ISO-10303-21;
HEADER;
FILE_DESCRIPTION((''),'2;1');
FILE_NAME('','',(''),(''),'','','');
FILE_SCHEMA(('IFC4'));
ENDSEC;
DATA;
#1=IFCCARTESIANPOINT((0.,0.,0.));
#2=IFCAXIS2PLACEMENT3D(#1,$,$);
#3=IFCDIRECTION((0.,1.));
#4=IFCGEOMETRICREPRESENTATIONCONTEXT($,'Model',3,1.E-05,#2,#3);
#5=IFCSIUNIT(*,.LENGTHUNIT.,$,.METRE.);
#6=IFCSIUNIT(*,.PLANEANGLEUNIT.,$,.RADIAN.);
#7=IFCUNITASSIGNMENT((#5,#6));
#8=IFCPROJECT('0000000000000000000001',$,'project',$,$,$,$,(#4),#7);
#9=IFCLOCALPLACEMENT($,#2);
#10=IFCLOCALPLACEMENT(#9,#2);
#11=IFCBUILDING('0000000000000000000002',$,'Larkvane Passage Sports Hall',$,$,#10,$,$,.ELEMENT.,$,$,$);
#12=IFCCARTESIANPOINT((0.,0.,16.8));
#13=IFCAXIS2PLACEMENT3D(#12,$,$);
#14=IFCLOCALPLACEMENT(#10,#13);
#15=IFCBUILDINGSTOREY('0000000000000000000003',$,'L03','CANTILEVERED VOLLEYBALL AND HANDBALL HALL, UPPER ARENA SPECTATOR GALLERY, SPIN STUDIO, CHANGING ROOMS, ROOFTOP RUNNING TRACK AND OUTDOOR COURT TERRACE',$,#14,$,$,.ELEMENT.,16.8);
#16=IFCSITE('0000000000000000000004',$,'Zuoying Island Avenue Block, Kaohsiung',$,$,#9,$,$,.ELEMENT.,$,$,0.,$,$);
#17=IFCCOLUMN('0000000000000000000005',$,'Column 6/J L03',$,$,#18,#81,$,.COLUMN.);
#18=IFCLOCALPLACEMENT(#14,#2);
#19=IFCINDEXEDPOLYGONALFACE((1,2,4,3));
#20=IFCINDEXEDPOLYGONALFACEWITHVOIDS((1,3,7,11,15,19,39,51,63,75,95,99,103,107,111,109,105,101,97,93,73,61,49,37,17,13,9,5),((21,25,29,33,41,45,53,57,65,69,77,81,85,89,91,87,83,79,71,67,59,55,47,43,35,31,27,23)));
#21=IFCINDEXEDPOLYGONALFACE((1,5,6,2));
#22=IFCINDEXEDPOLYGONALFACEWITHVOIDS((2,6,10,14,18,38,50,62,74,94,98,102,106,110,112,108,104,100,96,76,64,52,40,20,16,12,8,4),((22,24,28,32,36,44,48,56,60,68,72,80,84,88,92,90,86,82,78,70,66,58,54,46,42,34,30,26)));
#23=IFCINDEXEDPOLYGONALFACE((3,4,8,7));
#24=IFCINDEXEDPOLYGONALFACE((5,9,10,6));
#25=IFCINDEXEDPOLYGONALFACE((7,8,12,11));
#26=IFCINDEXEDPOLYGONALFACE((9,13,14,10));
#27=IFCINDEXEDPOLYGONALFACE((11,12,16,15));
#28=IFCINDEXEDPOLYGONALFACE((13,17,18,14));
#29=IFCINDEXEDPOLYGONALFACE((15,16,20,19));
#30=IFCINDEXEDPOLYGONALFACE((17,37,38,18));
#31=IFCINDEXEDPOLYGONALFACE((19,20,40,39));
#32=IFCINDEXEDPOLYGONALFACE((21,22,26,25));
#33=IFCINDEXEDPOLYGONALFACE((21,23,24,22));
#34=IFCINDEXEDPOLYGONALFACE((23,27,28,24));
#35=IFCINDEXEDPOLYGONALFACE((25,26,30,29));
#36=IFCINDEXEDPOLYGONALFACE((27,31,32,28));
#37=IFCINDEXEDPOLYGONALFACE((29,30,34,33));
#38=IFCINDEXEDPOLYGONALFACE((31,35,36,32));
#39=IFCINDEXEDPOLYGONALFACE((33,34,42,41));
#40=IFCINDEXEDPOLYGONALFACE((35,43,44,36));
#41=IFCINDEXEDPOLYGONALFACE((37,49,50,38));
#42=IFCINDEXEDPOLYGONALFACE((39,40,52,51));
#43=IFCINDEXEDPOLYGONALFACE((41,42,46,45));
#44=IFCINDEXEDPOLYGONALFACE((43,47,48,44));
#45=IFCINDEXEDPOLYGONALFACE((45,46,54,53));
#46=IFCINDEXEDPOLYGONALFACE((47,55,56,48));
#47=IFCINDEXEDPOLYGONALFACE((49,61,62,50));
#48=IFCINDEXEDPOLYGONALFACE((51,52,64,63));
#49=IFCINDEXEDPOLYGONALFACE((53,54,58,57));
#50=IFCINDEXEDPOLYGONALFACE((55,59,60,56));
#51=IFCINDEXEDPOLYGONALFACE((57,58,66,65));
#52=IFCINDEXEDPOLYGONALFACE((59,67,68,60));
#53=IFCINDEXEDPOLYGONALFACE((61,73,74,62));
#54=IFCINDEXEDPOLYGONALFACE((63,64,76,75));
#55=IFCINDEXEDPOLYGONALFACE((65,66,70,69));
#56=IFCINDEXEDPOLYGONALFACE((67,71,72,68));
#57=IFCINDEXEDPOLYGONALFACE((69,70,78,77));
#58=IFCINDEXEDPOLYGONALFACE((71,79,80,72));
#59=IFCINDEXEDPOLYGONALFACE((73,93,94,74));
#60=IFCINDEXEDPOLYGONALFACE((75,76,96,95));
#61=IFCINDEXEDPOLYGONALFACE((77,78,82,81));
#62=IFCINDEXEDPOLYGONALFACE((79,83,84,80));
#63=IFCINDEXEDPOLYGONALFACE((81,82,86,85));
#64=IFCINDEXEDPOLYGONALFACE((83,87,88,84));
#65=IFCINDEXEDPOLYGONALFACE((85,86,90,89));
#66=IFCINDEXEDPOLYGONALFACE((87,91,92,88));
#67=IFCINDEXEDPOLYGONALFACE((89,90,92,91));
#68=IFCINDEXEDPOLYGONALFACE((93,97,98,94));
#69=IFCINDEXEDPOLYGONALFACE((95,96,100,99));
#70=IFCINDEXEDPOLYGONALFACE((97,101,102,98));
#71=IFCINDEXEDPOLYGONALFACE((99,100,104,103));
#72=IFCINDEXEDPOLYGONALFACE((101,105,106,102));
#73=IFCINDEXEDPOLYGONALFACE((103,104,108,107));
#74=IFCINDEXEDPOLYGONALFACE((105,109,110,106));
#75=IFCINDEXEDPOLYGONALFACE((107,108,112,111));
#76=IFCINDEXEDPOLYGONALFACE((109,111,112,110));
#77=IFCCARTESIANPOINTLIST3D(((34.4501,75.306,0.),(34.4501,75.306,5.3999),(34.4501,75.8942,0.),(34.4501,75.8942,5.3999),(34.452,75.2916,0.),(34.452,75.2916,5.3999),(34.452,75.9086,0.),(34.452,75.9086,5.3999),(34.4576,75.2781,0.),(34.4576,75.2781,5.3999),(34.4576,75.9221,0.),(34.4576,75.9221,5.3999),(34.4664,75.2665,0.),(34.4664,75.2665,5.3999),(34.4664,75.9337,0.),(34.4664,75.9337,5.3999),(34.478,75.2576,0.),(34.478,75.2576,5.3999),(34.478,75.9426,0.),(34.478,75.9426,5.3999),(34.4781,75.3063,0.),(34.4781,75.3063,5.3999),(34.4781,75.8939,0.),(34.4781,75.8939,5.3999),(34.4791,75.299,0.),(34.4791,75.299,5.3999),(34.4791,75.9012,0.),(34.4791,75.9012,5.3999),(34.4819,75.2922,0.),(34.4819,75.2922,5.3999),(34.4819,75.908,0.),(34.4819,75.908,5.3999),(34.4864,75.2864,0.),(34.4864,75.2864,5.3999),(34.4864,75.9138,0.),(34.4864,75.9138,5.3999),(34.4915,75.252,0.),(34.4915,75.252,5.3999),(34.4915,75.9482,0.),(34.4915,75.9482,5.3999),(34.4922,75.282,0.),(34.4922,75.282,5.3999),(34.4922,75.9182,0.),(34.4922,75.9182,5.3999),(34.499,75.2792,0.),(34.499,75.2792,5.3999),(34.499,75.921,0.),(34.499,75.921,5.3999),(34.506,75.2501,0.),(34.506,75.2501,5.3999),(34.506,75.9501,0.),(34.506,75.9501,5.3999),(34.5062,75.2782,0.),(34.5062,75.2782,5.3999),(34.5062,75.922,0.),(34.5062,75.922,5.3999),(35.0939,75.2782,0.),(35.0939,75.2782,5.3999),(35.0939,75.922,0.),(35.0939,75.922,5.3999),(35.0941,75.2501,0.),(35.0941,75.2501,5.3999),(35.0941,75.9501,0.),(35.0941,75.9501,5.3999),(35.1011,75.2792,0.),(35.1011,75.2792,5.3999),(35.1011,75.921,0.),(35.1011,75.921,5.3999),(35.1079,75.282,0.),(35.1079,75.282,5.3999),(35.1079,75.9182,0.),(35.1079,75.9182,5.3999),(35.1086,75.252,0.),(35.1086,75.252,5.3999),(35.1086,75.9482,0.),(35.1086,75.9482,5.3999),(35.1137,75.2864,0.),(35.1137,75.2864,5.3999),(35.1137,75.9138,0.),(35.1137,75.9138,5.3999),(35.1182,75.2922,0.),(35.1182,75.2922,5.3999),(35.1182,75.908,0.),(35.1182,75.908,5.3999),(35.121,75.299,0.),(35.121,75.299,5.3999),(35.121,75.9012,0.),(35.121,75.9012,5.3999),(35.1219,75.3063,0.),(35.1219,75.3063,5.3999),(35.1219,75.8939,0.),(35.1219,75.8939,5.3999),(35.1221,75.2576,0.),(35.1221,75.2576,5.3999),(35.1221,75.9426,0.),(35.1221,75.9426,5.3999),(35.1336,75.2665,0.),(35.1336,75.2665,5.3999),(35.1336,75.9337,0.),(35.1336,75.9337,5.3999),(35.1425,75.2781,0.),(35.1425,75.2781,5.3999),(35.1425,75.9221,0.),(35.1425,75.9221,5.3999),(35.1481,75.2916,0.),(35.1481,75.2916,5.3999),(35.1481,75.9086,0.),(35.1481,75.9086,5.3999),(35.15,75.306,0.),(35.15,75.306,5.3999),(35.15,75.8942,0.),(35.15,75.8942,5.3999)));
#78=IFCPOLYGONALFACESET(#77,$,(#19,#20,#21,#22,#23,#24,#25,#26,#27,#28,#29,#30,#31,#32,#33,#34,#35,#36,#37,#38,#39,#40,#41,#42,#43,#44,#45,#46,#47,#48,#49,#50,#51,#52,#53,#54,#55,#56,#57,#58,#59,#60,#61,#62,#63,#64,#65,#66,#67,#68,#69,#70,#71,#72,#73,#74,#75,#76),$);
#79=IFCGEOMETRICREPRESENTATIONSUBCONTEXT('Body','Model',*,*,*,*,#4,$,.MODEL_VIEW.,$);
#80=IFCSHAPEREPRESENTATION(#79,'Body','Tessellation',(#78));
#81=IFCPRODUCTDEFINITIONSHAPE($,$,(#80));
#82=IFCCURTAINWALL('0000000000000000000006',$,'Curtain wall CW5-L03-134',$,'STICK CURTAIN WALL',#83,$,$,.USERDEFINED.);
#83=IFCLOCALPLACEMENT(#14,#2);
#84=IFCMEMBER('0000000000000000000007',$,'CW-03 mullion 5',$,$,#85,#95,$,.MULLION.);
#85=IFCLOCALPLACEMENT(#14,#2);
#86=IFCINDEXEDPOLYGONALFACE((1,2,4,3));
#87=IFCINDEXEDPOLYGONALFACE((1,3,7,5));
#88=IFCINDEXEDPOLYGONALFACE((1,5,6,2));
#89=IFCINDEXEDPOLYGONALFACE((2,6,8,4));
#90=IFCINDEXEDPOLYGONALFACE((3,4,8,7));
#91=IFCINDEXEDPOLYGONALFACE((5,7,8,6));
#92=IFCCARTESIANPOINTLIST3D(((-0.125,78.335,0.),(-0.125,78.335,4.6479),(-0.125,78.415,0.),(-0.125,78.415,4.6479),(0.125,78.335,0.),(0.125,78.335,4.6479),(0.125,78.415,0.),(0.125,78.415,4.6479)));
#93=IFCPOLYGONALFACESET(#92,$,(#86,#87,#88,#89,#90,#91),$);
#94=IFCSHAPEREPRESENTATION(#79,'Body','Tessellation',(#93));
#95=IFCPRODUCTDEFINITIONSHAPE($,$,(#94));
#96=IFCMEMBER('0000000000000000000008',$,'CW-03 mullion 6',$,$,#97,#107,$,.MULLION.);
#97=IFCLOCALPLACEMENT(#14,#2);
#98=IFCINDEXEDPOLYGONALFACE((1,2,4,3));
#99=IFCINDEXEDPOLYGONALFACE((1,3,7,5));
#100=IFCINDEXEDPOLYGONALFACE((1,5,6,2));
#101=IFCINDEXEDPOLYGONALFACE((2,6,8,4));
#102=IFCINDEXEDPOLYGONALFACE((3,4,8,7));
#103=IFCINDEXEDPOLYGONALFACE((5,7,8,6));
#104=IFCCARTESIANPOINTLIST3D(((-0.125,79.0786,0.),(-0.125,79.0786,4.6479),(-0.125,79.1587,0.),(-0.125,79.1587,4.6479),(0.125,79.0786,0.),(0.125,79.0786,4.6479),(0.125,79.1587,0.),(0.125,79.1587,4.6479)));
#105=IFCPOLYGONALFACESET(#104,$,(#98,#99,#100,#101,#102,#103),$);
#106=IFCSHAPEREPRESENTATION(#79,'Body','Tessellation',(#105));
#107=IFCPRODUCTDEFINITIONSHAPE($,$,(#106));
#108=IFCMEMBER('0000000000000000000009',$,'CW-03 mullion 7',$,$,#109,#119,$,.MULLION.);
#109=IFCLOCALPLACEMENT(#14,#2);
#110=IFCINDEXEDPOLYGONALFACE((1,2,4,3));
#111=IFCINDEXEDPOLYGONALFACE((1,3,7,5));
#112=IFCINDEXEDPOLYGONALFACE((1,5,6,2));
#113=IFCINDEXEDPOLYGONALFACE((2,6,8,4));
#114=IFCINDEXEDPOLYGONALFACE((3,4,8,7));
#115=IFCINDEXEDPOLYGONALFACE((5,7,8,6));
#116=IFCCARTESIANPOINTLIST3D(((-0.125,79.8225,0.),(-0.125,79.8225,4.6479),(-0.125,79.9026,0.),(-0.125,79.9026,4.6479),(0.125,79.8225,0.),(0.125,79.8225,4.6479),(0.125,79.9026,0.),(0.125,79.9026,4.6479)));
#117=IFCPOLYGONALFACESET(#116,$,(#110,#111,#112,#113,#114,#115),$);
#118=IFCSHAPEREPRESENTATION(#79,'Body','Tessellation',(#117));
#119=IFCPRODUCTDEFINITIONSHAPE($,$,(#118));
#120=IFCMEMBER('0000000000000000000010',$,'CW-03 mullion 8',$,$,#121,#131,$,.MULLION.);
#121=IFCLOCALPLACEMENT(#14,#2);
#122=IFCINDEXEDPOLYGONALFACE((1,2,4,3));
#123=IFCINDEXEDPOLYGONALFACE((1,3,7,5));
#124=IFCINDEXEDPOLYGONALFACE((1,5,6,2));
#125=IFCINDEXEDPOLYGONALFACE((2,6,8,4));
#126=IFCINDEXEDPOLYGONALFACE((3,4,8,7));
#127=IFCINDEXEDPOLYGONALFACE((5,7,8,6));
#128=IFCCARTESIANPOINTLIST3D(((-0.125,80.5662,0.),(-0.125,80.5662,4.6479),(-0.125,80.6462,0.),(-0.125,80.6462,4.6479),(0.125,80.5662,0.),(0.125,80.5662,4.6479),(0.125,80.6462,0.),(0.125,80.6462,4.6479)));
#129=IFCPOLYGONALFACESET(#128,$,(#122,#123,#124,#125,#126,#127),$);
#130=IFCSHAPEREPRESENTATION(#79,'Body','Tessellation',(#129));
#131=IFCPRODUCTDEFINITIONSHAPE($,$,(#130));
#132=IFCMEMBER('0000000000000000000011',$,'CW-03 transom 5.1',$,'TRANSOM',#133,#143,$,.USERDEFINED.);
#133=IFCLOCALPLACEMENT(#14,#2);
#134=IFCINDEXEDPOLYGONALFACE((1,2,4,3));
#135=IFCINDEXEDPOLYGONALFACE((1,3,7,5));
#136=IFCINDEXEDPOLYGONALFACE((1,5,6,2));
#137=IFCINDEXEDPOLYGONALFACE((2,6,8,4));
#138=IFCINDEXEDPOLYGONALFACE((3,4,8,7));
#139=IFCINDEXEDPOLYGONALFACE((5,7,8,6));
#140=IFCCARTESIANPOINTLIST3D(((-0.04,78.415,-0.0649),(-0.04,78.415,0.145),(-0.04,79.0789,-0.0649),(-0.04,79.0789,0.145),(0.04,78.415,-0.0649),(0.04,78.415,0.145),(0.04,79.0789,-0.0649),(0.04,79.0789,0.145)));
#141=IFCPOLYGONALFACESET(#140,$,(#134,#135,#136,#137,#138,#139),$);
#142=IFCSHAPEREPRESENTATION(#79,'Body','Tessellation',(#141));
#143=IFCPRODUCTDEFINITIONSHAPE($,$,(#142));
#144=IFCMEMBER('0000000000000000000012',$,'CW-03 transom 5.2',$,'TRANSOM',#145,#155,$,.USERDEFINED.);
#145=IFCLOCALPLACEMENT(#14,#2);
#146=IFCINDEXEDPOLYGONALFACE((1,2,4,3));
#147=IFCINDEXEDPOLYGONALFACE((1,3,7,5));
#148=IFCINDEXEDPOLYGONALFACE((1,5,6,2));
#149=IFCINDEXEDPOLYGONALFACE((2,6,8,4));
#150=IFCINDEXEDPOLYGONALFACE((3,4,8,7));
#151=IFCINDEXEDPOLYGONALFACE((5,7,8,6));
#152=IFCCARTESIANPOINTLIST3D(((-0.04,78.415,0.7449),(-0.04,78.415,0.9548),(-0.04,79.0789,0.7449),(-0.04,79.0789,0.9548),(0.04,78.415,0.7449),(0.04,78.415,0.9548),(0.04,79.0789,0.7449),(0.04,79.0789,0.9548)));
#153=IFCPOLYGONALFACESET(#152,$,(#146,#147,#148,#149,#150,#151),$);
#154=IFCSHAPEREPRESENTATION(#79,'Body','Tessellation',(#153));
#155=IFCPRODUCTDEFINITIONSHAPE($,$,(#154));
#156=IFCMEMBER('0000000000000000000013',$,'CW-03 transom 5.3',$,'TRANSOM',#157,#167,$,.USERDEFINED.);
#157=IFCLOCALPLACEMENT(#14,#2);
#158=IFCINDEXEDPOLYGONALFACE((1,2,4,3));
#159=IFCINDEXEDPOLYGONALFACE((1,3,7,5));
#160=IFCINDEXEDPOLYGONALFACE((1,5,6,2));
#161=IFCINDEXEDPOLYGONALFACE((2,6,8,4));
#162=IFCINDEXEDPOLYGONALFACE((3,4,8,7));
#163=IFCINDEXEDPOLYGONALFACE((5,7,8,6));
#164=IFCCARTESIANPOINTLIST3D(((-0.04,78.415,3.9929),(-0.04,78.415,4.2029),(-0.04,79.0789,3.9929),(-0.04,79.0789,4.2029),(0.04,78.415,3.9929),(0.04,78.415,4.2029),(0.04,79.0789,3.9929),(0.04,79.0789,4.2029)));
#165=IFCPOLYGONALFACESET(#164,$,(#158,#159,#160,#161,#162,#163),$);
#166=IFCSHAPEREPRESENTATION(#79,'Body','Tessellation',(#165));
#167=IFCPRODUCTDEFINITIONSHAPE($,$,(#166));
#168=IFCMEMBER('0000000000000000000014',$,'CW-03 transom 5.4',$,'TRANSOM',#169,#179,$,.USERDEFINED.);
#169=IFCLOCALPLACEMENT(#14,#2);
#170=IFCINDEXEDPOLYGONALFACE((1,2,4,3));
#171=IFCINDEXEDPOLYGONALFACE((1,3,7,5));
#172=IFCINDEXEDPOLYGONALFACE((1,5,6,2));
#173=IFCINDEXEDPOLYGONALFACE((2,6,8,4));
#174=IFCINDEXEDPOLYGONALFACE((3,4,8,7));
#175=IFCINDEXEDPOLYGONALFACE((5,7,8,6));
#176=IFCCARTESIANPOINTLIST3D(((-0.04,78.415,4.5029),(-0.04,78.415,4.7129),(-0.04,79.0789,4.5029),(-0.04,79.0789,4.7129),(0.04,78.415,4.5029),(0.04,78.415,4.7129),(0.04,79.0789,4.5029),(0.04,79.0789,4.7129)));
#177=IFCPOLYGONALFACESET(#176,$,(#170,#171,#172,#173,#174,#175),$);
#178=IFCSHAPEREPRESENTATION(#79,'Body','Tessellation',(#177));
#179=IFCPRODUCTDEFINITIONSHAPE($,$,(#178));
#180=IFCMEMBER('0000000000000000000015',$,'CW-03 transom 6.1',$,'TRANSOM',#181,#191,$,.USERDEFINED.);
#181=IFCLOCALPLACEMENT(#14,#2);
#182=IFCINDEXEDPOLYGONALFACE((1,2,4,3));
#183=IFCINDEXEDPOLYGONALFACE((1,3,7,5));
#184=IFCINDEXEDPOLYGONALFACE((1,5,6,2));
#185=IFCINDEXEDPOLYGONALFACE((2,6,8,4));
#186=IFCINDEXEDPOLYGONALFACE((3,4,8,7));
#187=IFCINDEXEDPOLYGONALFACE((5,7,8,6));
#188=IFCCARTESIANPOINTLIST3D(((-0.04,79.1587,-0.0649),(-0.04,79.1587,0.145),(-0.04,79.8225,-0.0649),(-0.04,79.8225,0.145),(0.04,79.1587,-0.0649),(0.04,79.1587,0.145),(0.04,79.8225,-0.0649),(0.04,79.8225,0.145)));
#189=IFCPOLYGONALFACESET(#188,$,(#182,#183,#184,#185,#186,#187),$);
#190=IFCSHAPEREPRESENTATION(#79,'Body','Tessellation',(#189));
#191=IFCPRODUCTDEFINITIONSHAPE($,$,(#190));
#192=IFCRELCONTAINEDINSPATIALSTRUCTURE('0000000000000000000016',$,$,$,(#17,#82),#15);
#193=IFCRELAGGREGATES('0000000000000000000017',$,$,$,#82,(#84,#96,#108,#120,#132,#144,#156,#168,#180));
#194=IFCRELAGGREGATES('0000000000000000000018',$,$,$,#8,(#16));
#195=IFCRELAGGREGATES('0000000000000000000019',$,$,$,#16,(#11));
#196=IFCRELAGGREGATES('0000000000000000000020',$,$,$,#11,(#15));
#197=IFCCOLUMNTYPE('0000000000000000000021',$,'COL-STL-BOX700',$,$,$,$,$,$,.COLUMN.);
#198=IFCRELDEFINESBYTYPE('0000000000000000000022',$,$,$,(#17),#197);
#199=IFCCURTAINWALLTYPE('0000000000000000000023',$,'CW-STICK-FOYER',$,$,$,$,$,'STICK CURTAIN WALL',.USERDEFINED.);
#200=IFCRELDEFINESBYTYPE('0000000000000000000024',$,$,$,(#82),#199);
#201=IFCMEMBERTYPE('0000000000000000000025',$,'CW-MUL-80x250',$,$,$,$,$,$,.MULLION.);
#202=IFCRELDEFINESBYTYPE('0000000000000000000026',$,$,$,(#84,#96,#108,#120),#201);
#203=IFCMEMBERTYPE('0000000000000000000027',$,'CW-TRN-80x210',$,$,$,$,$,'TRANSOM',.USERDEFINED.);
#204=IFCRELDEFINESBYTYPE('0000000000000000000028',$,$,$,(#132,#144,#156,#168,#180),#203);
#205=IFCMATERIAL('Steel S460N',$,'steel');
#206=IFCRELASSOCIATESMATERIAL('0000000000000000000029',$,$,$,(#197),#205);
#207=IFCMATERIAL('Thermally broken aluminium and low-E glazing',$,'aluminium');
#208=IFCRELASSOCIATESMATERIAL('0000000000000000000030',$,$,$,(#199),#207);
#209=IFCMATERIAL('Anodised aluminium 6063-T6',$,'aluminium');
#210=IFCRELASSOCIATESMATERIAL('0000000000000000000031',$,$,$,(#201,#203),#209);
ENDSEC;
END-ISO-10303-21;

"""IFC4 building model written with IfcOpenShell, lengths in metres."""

from ifc_helpers import new_model, si_unit, direction, frame, origin, origin_2d, place, context, subcontext, project, spatial, rectangle, hollow_rectangle, extrude, material, material_profile, profile_set, type_object, element, aggregate, save


model = new_model("IFC4")

# Units and contexts
model_context = context("Model", 3, precision=1e-05, world=origin(), true_north=direction((0.0, 1.0)))
body_context = subcontext(model_context, "Body", "Model", "MODEL_VIEW")
ifc_project = project(units=[si_unit("LENGTHUNIT", "METRE"), si_unit("PLANEANGLEUNIT", "RADIAN")], contexts=[model_context])

# Site, building, storey
site_placement = place(None, origin())
site = spatial("IfcSite", under=ifc_project, at=site_placement, Name="Zuoying Island Avenue Block, Kaohsiung", CompositionType="ELEMENT", RefElevation=0.0)
building_placement = place(site_placement, origin())
building = spatial("IfcBuilding", under=site, at=building_placement, Name="Larkvane Passage Sports Hall", CompositionType="ELEMENT")
storey_placement = place(building_placement, frame((0.0, 0.0, 16.8)))
storey = spatial("IfcBuildingStorey", under=building, at=storey_placement, Name="L03", Description="CANTILEVERED VOLLEYBALL AND HANDBALL HALL, UPPER ARENA SPECTATOR GALLERY, SPIN STUDIO, CHANGING ROOMS, ROOFTOP RUNNING TRACK AND OUTDOOR COURT TERRACE", CompositionType="ELEMENT", Elevation=16.8)

# Column
ifc_material_1 = material(Name="Steel S460N", Category="steel")
ifc_material_profile_1 = material_profile(ifc_material_1, hollow_rectangle(XDim=0.7, YDim=0.7, WallThickness=0.0281, InnerFilletRadius=0.0281, OuterFilletRadius=0.0559, at=origin_2d()), Name="BOX-700x700x28")
ifc_profile_set_1 = profile_set([ifc_material_profile_1], Name="Steel S460N")
column_type = type_object("IfcColumnType", Name="COL-STL-BOX700", PredefinedType="COLUMN", material=ifc_profile_set_1)
column_placement = place(storey_placement, frame((34.8, 75.6001, 0.0), z_axis=(0.0, 0.0, 1.0), x_axis=(1.0, 0.0, 0.0)))
element("IfcColumn", 1, at=column_placement, inside=storey, type_object=column_type, Name="Column 6/J L03", PredefinedType="COLUMN", context=body_context, shape_type="SweptSolid", body=[
    extrude(hollow_rectangle(XDim=0.7, YDim=0.7, WallThickness=0.0281, InnerFilletRadius=0.0281, OuterFilletRadius=0.0559, at=origin_2d()), origin(), (0.0, 0.0, 1.0), 5.3999),
])

# Curtain wall, members
ifc_material_2 = material(Name="Thermally broken aluminium and low-E glazing", Category="aluminium")
curtain_wall_type = type_object("IfcCurtainWallType", Name="CW-STICK-FOYER", ElementType="STICK CURTAIN WALL", PredefinedType="USERDEFINED", material=ifc_material_2)
curtain_wall_placement = place(storey_placement, origin())
curtain_wall = element("IfcCurtainWall", 2, at=curtain_wall_placement, inside=storey, type_object=curtain_wall_type, Name="Curtain wall CW5-L03-134", ObjectType="STICK CURTAIN WALL", PredefinedType="USERDEFINED")
ifc_material_3 = material(Name="Anodised aluminium 6063-T6", Category="aluminium")
ifc_material_profile_2 = material_profile(ifc_material_3, rectangle(XDim=0.0801, YDim=0.25, at=origin_2d()), Name="ALU-MUL-80x250")
ifc_profile_set_2 = profile_set([ifc_material_profile_2], Name="Anodised aluminium 6063-T6")
member_type_1 = type_object("IfcMemberType", Name="CW-MUL-80x250", PredefinedType="MULLION", material=ifc_profile_set_2)
member_1_placement = place(storey_placement, frame((0.0, 78.375, 0.0), z_axis=(0.0, 0.0, 1.0), x_axis=(0.0, 1.0, 0.0)))
member_1 = element("IfcMember", 3, at=member_1_placement, type_object=member_type_1, Name="CW-03 mullion 5", PredefinedType="MULLION", context=body_context, shape_type="SweptSolid", body=[
    extrude(rectangle(XDim=0.0801, YDim=0.25, at=origin_2d()), origin(), (0.0, 0.0, 1.0), 4.6479),
])
member_2_placement = place(storey_placement, frame((0.0, 79.1187, 0.0), z_axis=(0.0, 0.0, 1.0), x_axis=(0.0, 1.0, 0.0)))
member_2 = element("IfcMember", 4, at=member_2_placement, type_object=member_type_1, Name="CW-03 mullion 6", PredefinedType="MULLION", context=body_context, shape_type="SweptSolid", body=[
    extrude(rectangle(XDim=0.0801, YDim=0.25, at=origin_2d()), origin(), (0.0, 0.0, 1.0), 4.6479),
])
member_3_placement = place(storey_placement, frame((0.0, 79.8625, 0.0), z_axis=(0.0, 0.0, 1.0), x_axis=(0.0, 1.0, 0.0)))
member_3 = element("IfcMember", 5, at=member_3_placement, type_object=member_type_1, Name="CW-03 mullion 7", PredefinedType="MULLION", context=body_context, shape_type="SweptSolid", body=[
    extrude(rectangle(XDim=0.0801, YDim=0.25, at=origin_2d()), origin(), (0.0, 0.0, 1.0), 4.6479),
])
member_4_placement = place(storey_placement, frame((0.0, 80.6062, 0.0), z_axis=(0.0, 0.0, 1.0), x_axis=(0.0, 1.0, 0.0)))
member_4 = element("IfcMember", 6, at=member_4_placement, type_object=member_type_1, Name="CW-03 mullion 8", PredefinedType="MULLION", context=body_context, shape_type="SweptSolid", body=[
    extrude(rectangle(XDim=0.0801, YDim=0.25, at=origin_2d()), origin(), (0.0, 0.0, 1.0), 4.6479),
])
ifc_material_profile_3 = material_profile(ifc_material_3, rectangle(XDim=0.0801, YDim=0.21, at=origin_2d()), Name="ALU-TRN-80x210")
ifc_profile_set_3 = profile_set([ifc_material_profile_3], Name="Anodised aluminium 6063-T6")
member_type_2 = type_object("IfcMemberType", Name="CW-TRN-80x210", ElementType="TRANSOM", PredefinedType="USERDEFINED", material=ifc_profile_set_3)
member_5_placement = place(storey_placement, frame((0.0, 78.415, 0.04), z_axis=(0.0, 1.0, 0.0), x_axis=(-1.0, 0.0, 0.0)))
member_5 = element("IfcMember", 7, at=member_5_placement, type_object=member_type_2, Name="CW-03 transom 5.1", ObjectType="TRANSOM", PredefinedType="USERDEFINED", context=body_context, shape_type="SweptSolid", body=[
    extrude(rectangle(XDim=0.0801, YDim=0.21, at=origin_2d()), origin(), (0.0, 0.0, 1.0), 0.6638),
])
member_6_placement = place(storey_placement, frame((0.0, 78.415, 0.8499), z_axis=(0.0, 1.0, 0.0), x_axis=(-1.0, 0.0, 0.0)))
member_6 = element("IfcMember", 8, at=member_6_placement, type_object=member_type_2, Name="CW-03 transom 5.2", ObjectType="TRANSOM", PredefinedType="USERDEFINED", context=body_context, shape_type="SweptSolid", body=[
    extrude(rectangle(XDim=0.0801, YDim=0.21, at=origin_2d()), origin(), (0.0, 0.0, 1.0), 0.6638),
])
member_7_placement = place(storey_placement, frame((0.0, 78.415, 4.0979), z_axis=(0.0, 1.0, 0.0), x_axis=(-1.0, 0.0, 0.0)))
member_7 = element("IfcMember", 9, at=member_7_placement, type_object=member_type_2, Name="CW-03 transom 5.3", ObjectType="TRANSOM", PredefinedType="USERDEFINED", context=body_context, shape_type="SweptSolid", body=[
    extrude(rectangle(XDim=0.0801, YDim=0.21, at=origin_2d()), origin(), (0.0, 0.0, 1.0), 0.6638),
])
member_8_placement = place(storey_placement, frame((0.0, 78.415, 4.6079), z_axis=(0.0, 1.0, 0.0), x_axis=(-1.0, 0.0, 0.0)))
member_8 = element("IfcMember", 10, at=member_8_placement, type_object=member_type_2, Name="CW-03 transom 5.4", ObjectType="TRANSOM", PredefinedType="USERDEFINED", context=body_context, shape_type="SweptSolid", body=[
    extrude(rectangle(XDim=0.0801, YDim=0.21, at=origin_2d()), origin(), (0.0, 0.0, 1.0), 0.6638),
])
member_9_placement = place(storey_placement, frame((0.0, 79.1587, 0.04), z_axis=(0.0, 1.0, 0.0), x_axis=(-1.0, 0.0, 0.0)))
member_9 = element("IfcMember", 11, at=member_9_placement, type_object=member_type_2, Name="CW-03 transom 6.1", ObjectType="TRANSOM", PredefinedType="USERDEFINED", context=body_context, shape_type="SweptSolid", body=[
    extrude(rectangle(XDim=0.0801, YDim=0.21, at=origin_2d()), origin(), (0.0, 0.0, 1.0), 0.6638),
])

aggregate(curtain_wall, [member_1, member_2, member_3, member_4, member_5, member_6, member_7, member_8, member_9])

save(model, "model.ifc")
